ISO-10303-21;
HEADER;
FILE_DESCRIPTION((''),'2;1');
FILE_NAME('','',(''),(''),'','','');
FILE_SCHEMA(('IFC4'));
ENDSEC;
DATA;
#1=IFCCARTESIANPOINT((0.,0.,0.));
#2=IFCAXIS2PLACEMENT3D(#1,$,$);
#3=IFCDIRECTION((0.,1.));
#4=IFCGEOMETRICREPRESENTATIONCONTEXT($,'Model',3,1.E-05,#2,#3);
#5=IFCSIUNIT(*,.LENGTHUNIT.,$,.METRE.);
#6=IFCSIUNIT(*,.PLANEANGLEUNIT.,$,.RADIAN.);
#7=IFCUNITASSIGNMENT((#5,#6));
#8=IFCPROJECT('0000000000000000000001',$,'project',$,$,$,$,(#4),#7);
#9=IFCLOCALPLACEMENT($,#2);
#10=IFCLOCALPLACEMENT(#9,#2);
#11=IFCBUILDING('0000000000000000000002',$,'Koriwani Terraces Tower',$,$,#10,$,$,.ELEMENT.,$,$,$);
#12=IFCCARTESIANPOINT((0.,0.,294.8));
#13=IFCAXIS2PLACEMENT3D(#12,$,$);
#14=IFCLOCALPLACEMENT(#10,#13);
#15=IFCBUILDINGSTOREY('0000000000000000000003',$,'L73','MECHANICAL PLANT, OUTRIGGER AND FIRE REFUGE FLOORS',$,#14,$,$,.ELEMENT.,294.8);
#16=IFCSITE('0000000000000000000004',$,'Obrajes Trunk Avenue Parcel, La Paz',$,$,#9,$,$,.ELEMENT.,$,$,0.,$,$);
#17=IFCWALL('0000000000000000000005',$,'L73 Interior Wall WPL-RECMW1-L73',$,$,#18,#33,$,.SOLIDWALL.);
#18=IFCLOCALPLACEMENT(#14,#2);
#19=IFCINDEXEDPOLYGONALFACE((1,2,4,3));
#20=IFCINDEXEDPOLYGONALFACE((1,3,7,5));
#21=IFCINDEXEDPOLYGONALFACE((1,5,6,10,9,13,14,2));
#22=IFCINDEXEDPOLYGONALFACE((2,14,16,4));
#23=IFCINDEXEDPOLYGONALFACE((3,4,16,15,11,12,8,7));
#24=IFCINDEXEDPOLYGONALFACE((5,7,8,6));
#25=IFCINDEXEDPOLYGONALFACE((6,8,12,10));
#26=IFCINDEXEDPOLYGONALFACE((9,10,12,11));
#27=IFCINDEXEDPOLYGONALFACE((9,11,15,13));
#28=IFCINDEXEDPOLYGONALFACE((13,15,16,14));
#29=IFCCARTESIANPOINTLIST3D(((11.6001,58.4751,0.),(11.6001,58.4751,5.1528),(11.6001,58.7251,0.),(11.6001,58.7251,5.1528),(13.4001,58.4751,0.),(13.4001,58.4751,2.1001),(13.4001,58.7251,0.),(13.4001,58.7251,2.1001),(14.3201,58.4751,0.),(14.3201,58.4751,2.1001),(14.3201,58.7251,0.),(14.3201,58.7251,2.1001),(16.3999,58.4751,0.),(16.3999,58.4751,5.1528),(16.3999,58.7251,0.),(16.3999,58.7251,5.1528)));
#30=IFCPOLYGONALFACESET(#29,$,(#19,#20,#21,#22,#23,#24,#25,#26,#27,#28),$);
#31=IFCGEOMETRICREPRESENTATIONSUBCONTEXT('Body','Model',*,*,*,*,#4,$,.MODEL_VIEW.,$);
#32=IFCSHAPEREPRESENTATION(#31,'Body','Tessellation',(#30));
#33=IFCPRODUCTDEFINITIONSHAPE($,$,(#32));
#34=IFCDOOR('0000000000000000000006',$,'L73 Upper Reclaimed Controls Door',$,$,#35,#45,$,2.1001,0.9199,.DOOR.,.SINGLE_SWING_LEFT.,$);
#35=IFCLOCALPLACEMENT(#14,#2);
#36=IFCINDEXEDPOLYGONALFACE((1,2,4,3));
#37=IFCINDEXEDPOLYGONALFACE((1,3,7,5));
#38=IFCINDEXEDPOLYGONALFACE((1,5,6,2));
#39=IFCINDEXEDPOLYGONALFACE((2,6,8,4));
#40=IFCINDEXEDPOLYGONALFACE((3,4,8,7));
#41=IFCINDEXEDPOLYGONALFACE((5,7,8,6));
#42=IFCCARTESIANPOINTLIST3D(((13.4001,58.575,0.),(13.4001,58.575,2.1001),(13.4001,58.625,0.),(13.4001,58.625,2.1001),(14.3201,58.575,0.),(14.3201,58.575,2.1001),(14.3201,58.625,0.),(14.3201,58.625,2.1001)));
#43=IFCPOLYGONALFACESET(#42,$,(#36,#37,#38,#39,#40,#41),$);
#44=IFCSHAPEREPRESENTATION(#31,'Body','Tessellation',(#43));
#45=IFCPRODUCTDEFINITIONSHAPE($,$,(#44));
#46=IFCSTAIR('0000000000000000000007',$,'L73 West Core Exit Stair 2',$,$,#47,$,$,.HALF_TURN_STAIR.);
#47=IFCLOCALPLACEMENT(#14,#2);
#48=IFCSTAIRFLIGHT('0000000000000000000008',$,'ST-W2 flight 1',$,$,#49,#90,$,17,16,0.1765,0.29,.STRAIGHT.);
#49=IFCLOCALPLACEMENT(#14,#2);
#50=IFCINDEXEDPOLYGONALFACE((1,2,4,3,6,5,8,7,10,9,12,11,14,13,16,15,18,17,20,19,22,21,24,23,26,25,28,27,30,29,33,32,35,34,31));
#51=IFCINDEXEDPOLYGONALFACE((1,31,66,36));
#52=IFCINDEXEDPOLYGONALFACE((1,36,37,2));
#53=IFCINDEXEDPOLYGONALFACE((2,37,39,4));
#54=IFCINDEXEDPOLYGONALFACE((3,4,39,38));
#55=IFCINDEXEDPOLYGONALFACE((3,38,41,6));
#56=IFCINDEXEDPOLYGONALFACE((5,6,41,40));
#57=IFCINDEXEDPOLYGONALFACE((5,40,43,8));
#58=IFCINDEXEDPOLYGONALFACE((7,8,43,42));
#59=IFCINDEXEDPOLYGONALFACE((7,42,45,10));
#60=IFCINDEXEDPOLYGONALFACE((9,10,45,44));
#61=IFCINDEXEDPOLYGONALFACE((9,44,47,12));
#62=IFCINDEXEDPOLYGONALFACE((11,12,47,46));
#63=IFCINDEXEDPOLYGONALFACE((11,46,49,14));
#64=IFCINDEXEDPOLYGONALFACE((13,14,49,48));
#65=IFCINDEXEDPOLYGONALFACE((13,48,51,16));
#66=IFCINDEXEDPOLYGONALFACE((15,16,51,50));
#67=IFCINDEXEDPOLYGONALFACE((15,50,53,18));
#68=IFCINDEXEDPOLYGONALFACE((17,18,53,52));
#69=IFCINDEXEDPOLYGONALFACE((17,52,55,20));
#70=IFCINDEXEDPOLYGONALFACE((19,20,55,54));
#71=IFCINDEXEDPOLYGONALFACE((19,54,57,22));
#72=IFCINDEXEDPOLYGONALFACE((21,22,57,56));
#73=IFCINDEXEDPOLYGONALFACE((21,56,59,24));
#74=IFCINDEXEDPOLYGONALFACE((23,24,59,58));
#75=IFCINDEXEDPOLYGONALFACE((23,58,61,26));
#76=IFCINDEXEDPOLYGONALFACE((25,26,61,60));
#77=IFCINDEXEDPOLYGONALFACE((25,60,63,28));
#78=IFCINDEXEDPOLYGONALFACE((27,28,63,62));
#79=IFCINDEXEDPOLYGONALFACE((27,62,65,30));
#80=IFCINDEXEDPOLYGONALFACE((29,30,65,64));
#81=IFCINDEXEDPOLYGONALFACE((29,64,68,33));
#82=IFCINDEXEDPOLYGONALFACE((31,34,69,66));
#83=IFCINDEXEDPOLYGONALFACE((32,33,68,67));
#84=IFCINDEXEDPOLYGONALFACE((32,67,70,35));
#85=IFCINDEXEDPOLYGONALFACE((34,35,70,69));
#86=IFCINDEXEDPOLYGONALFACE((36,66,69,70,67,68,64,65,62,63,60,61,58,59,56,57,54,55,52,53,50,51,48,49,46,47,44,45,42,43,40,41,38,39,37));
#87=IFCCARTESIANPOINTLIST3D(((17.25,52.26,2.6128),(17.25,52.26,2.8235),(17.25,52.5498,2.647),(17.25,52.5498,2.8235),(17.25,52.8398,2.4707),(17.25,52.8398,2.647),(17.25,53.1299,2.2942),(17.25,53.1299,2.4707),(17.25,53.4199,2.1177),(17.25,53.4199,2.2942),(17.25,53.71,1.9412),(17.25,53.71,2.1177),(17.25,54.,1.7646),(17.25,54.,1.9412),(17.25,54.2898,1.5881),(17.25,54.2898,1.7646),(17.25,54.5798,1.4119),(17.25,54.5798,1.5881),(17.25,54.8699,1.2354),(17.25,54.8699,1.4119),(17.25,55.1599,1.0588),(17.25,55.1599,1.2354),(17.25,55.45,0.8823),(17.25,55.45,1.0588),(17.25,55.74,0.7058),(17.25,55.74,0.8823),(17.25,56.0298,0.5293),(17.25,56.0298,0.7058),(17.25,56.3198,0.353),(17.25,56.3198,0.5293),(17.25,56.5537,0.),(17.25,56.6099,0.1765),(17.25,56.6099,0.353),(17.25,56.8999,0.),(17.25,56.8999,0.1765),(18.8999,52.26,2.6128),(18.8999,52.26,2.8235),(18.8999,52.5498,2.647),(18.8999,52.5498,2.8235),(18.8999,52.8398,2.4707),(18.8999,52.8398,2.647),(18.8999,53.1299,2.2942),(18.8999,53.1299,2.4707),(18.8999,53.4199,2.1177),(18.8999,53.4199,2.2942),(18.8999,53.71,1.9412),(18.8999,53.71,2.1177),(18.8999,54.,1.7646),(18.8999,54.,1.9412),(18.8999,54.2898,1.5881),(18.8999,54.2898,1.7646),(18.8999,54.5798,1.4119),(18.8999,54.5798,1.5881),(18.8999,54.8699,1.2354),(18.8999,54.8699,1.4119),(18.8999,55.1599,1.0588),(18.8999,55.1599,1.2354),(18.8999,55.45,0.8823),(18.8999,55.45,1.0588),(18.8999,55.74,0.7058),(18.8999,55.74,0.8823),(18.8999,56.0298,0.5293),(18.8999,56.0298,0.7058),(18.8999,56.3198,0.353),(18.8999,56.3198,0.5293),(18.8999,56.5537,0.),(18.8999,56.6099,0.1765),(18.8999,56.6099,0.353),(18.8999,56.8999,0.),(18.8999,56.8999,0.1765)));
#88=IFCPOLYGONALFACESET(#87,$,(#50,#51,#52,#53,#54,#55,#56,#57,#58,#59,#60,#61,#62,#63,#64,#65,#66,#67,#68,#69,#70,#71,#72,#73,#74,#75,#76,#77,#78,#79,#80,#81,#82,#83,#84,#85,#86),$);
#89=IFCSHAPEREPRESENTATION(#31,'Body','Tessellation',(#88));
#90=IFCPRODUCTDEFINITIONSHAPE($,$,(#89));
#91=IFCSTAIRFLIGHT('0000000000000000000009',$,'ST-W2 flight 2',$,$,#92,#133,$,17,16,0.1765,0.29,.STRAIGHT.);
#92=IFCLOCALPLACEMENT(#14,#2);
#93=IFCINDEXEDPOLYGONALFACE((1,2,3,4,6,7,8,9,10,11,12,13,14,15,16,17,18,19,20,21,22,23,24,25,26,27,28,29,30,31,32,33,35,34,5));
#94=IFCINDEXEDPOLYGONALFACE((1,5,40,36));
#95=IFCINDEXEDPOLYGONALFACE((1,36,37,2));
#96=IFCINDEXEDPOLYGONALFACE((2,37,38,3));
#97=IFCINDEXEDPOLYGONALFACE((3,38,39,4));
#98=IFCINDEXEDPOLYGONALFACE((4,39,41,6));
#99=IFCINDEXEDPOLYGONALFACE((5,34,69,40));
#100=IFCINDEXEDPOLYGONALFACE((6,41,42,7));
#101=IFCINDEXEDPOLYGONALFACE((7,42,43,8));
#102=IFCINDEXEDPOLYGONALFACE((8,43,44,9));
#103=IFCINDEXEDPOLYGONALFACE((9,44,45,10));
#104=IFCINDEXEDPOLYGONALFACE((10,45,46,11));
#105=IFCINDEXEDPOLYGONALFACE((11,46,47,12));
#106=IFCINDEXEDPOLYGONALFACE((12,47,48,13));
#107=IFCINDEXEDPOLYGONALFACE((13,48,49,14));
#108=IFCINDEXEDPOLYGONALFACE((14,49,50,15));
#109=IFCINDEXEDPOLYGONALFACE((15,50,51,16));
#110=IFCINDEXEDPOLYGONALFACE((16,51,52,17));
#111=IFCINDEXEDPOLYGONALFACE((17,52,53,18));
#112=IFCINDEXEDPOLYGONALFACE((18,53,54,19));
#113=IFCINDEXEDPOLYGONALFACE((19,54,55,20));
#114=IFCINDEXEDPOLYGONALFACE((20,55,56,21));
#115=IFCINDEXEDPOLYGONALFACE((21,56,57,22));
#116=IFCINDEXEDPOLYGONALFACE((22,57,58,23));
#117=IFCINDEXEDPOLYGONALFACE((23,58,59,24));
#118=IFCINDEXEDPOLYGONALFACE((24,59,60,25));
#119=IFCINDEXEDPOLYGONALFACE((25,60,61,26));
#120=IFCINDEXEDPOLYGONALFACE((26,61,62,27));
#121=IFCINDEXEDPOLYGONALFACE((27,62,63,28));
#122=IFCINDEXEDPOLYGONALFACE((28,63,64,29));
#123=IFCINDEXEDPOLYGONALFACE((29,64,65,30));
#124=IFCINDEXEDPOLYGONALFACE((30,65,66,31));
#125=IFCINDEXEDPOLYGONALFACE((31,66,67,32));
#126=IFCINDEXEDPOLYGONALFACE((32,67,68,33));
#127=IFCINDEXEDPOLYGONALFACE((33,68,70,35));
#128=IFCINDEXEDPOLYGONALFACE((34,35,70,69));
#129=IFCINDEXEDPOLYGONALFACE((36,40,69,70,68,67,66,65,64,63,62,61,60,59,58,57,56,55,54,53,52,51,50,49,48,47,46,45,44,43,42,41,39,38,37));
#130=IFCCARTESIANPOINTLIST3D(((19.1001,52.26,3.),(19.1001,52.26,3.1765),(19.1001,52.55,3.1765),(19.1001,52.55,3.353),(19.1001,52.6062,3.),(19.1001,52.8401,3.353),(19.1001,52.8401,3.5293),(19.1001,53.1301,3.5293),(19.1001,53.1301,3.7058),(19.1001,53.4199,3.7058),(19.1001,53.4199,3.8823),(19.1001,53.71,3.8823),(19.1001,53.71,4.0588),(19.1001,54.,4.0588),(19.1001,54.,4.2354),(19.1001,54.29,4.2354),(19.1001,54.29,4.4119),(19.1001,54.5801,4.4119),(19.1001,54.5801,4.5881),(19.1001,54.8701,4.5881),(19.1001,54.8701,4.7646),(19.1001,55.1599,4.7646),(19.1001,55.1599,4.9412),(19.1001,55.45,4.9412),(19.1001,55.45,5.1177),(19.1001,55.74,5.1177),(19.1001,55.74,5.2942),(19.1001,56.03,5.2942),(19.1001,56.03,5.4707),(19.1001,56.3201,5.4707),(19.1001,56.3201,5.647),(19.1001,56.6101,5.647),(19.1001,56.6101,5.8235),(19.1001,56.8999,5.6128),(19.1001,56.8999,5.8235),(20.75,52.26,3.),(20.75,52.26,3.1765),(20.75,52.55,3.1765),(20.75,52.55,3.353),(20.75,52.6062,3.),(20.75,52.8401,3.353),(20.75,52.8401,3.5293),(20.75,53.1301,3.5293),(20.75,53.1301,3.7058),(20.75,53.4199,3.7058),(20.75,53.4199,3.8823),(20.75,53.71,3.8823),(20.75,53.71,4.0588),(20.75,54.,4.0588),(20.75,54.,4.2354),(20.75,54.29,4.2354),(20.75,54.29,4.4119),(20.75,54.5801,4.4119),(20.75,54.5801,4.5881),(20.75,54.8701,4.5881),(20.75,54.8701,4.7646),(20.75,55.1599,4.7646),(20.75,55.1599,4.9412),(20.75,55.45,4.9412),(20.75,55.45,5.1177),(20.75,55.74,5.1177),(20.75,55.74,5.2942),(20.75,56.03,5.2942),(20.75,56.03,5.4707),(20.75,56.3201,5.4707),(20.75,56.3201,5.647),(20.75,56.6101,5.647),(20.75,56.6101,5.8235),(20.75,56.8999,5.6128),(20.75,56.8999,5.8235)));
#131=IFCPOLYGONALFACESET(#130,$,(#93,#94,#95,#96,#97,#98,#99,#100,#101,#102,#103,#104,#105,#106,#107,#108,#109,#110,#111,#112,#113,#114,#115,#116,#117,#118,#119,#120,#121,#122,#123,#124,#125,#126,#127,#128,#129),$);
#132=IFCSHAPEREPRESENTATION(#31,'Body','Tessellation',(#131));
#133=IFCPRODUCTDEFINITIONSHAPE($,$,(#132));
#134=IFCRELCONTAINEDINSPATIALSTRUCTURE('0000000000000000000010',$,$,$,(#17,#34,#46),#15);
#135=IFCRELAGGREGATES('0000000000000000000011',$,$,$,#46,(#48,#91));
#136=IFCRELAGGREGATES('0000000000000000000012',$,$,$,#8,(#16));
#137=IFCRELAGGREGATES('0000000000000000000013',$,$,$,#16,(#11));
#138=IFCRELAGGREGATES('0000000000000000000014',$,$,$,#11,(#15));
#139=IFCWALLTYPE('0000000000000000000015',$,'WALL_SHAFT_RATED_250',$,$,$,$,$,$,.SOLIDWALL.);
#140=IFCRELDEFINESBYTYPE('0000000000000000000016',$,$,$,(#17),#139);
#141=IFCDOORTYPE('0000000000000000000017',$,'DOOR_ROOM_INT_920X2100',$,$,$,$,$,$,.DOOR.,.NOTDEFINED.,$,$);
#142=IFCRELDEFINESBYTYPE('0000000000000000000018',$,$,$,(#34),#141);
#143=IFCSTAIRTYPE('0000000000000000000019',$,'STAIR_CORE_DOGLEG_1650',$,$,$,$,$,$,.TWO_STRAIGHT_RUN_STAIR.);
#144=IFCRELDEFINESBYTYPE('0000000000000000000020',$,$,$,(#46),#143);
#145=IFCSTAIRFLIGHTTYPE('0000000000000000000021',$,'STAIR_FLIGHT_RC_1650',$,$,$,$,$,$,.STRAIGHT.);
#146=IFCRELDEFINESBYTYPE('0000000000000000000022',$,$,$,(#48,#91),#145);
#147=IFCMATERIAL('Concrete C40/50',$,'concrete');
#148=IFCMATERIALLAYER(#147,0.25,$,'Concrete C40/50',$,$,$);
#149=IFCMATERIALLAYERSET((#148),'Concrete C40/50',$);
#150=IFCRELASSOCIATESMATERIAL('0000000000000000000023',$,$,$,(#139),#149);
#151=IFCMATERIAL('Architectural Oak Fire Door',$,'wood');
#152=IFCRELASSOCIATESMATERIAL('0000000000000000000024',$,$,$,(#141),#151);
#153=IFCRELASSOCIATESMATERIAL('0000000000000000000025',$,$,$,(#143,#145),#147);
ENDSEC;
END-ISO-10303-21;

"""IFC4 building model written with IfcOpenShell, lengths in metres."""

from ifc_helpers import new_model, si_unit, direction, frame, frame_2d, origin, place, context, subcontext, project, spatial, polyline, rectangle, outline, extrude, material, layer, layer_set, type_object, element, fill, aggregate, save


model = new_model("IFC4")

# Units and contexts
model_context = context("Model", 3, precision=1e-05, world=origin(), true_north=direction((0.0, 1.0)))
body_context = subcontext(model_context, "Body", "Model", "MODEL_VIEW")
ifc_project = project(units=[si_unit("LENGTHUNIT", "METRE"), si_unit("PLANEANGLEUNIT", "RADIAN")], contexts=[model_context])

# Site, building, storey
site_placement = place(None, origin())
site = spatial("IfcSite", under=ifc_project, at=site_placement, Name="Obrajes Trunk Avenue Parcel, La Paz", CompositionType="ELEMENT", RefElevation=0.0)
building_placement = place(site_placement, origin())
building = spatial("IfcBuilding", under=site, at=building_placement, Name="Koriwani Terraces Tower", CompositionType="ELEMENT")
storey_placement = place(building_placement, frame((0.0, 0.0, 294.8)))
storey = spatial("IfcBuildingStorey", under=building, at=storey_placement, Name="L73", Description="MECHANICAL PLANT, OUTRIGGER AND FIRE REFUGE FLOORS", CompositionType="ELEMENT", Elevation=294.8)

# Shared definitions
ifc_material_1 = material(Name="Concrete C40/50", Category="concrete")

# Wall, opening, door
ifc_layer_1 = layer(ifc_material_1, 0.25, Name="Concrete C40/50")
ifc_layer_set_1 = layer_set([ifc_layer_1], Name="Concrete C40/50")
wall_type = type_object("IfcWallType", Name="WALL_SHAFT_RATED_250", PredefinedType="SOLIDWALL", material=ifc_layer_set_1)
wall_1_placement = place(storey_placement, frame((11.6001, 58.6001, 0.0), z_axis=(0.0, 0.0, 1.0), x_axis=(1.0, 0.0, 0.0)))
wall_1 = element("IfcWall", 1, at=wall_1_placement, inside=storey, type_object=wall_type, Name="L73 Interior Wall WPL-RECMW1-L73", PredefinedType="SOLIDWALL", context=body_context, shape_type="SweptSolid", body=[
    extrude(rectangle(XDim=4.7998, YDim=0.25, at=frame_2d((2.3999, 0.0))), origin(), (0.0, 0.0, 1.0), 5.1528),
])
opening_1_placement = place(wall_1_placement, frame((1.8, 0.0, 0.0)))
opening_1 = element("IfcOpeningElement", 2, at=opening_1_placement, cuts=wall_1, PredefinedType="OPENING", context=body_context, shape_type="SweptSolid", body=[
    extrude(rectangle(XDim=0.9199, YDim=2.1001, at=frame_2d((0.46, 1.05))), frame((0.0, 0.135, 0.0), z_axis=(0.0, -1.0, 0.0), x_axis=(1.0, 0.0, 0.0)), (0.0, 0.0, 1.0), 0.27),
])
ifc_material_2 = material(Name="Architectural Oak Fire Door", Category="wood")
door_type_1 = type_object("IfcDoorType", Name="DOOR_ROOM_INT_920X2100", OperationType="NOTDEFINED", PredefinedType="DOOR", material=ifc_material_2)
door_1_placement = place(opening_1_placement, origin())
door_1 = element("IfcDoor", 3, at=door_1_placement, inside=storey, type_object=door_type_1, Name="L73 Upper Reclaimed Controls Door", OperationType="SINGLE_SWING_LEFT", OverallHeight=2.1001, OverallWidth=0.9199, PredefinedType="DOOR", context=body_context, shape_type="SweptSolid", body=[
    extrude(rectangle(XDim=0.9199, YDim=2.1001, at=frame_2d((0.46, 1.05))), frame((0.0, 0.0249, 0.0), z_axis=(0.0, -1.0, 0.0), x_axis=(1.0, 0.0, 0.0)), (0.0, 0.0, 1.0), 0.05),
])
fill(opening_1, door_1)

# Stair, stair flights
stair_type = type_object("IfcStairType", Name="STAIR_CORE_DOGLEG_1650", PredefinedType="TWO_STRAIGHT_RUN_STAIR", material=ifc_material_1)
stair_placement = place(storey_placement, origin())
stair = element("IfcStair", 4, at=stair_placement, inside=storey, type_object=stair_type, Name="L73 West Core Exit Stair 2", PredefinedType="HALF_TURN_STAIR")
stair_flight_type = type_object("IfcStairFlightType", Name="STAIR_FLIGHT_RC_1650", PredefinedType="STRAIGHT", material=ifc_material_1)
stair_flight_1_placement = place(storey_placement, frame((18.075, 56.8999, 0.0), z_axis=(0.0, 0.0, 1.0), x_axis=(0.0, -1.0, 0.0)))
stair_flight_1 = element("IfcStairFlight", 5, at=stair_flight_1_placement, type_object=stair_flight_type, Name="ST-W2 flight 1", NumberOfRisers=17, NumberOfTreads=16, PredefinedType="STRAIGHT", RiserHeight=0.1765, TreadLength=0.29, context=body_context, shape_type="SweptSolid", body=[
    extrude(outline(polyline([(0.0, 0.0), (0.0, 0.1765), (0.29, 0.1765), (0.29, 0.353), (0.5801, 0.353), (0.5801, 0.5293), (0.8701, 0.5293), (0.8701, 0.7058), (1.1599, 0.7058), (1.1599, 0.8823), (1.45, 0.8823), (1.45, 1.0588), (1.74, 1.0588), (1.74, 1.2354), (2.03, 1.2354), (2.03, 1.4119), (2.3201, 1.4119), (2.3201, 1.5881), (2.6101, 1.5881), (2.6101, 1.7646), (2.8999, 1.7646), (2.8999, 1.9412), (3.1899, 1.9412), (3.1899, 2.1177), (3.48, 2.1177), (3.48, 2.2942), (3.77, 2.2942), (3.77, 2.4707), (4.0601, 2.4707), (4.0601, 2.647), (4.3501, 2.647), (4.3501, 2.8235), (4.6399, 2.8235), (4.6399, 3.0), (4.6399, 2.6128), (0.3462, 0.0), (0.0, 0.0)])), frame((0.0, 0.825, 0.0), z_axis=(0.0, -1.0, 0.0), x_axis=(1.0, 0.0, 0.0)), (0.0, 0.0, 1.0), 1.6499),
])
stair_flight_2_placement = place(storey_placement, frame((19.925, 52.26, 3.0), z_axis=(0.0, 0.0, 1.0), x_axis=(0.0, 1.0, 0.0)))
stair_flight_2 = element("IfcStairFlight", 6, at=stair_flight_2_placement, type_object=stair_flight_type, Name="ST-W2 flight 2", NumberOfRisers=17, NumberOfTreads=16, PredefinedType="STRAIGHT", RiserHeight=0.1765, TreadLength=0.29, context=body_context, shape_type="SweptSolid", body=[
    extrude(outline(polyline([(0.0, 0.0), (0.0, 0.1765), (0.29, 0.1765), (0.29, 0.353), (0.5801, 0.353), (0.5801, 0.5293), (0.8701, 0.5293), (0.8701, 0.7058), (1.1599, 0.7058), (1.1599, 0.8823), (1.45, 0.8823), (1.45, 1.0588), (1.74, 1.0588), (1.74, 1.2354), (2.03, 1.2354), (2.03, 1.4119), (2.3201, 1.4119), (2.3201, 1.5881), (2.6101, 1.5881), (2.6101, 1.7646), (2.8999, 1.7646), (2.8999, 1.9412), (3.1899, 1.9412), (3.1899, 2.1177), (3.48, 2.1177), (3.48, 2.2942), (3.77, 2.2942), (3.77, 2.4707), (4.0601, 2.4707), (4.0601, 2.647), (4.3501, 2.647), (4.3501, 2.8235), (4.6399, 2.8235), (4.6399, 3.0), (4.6399, 2.6128), (0.3462, 0.0), (0.0, 0.0)])), frame((0.0, 0.825, 0.0), z_axis=(0.0, -1.0, 0.0), x_axis=(1.0, 0.0, 0.0)), (0.0, 0.0, 1.0), 1.6499),
])
aggregate(stair, [stair_flight_1, stair_flight_2])

save(model, "model.ifc")
